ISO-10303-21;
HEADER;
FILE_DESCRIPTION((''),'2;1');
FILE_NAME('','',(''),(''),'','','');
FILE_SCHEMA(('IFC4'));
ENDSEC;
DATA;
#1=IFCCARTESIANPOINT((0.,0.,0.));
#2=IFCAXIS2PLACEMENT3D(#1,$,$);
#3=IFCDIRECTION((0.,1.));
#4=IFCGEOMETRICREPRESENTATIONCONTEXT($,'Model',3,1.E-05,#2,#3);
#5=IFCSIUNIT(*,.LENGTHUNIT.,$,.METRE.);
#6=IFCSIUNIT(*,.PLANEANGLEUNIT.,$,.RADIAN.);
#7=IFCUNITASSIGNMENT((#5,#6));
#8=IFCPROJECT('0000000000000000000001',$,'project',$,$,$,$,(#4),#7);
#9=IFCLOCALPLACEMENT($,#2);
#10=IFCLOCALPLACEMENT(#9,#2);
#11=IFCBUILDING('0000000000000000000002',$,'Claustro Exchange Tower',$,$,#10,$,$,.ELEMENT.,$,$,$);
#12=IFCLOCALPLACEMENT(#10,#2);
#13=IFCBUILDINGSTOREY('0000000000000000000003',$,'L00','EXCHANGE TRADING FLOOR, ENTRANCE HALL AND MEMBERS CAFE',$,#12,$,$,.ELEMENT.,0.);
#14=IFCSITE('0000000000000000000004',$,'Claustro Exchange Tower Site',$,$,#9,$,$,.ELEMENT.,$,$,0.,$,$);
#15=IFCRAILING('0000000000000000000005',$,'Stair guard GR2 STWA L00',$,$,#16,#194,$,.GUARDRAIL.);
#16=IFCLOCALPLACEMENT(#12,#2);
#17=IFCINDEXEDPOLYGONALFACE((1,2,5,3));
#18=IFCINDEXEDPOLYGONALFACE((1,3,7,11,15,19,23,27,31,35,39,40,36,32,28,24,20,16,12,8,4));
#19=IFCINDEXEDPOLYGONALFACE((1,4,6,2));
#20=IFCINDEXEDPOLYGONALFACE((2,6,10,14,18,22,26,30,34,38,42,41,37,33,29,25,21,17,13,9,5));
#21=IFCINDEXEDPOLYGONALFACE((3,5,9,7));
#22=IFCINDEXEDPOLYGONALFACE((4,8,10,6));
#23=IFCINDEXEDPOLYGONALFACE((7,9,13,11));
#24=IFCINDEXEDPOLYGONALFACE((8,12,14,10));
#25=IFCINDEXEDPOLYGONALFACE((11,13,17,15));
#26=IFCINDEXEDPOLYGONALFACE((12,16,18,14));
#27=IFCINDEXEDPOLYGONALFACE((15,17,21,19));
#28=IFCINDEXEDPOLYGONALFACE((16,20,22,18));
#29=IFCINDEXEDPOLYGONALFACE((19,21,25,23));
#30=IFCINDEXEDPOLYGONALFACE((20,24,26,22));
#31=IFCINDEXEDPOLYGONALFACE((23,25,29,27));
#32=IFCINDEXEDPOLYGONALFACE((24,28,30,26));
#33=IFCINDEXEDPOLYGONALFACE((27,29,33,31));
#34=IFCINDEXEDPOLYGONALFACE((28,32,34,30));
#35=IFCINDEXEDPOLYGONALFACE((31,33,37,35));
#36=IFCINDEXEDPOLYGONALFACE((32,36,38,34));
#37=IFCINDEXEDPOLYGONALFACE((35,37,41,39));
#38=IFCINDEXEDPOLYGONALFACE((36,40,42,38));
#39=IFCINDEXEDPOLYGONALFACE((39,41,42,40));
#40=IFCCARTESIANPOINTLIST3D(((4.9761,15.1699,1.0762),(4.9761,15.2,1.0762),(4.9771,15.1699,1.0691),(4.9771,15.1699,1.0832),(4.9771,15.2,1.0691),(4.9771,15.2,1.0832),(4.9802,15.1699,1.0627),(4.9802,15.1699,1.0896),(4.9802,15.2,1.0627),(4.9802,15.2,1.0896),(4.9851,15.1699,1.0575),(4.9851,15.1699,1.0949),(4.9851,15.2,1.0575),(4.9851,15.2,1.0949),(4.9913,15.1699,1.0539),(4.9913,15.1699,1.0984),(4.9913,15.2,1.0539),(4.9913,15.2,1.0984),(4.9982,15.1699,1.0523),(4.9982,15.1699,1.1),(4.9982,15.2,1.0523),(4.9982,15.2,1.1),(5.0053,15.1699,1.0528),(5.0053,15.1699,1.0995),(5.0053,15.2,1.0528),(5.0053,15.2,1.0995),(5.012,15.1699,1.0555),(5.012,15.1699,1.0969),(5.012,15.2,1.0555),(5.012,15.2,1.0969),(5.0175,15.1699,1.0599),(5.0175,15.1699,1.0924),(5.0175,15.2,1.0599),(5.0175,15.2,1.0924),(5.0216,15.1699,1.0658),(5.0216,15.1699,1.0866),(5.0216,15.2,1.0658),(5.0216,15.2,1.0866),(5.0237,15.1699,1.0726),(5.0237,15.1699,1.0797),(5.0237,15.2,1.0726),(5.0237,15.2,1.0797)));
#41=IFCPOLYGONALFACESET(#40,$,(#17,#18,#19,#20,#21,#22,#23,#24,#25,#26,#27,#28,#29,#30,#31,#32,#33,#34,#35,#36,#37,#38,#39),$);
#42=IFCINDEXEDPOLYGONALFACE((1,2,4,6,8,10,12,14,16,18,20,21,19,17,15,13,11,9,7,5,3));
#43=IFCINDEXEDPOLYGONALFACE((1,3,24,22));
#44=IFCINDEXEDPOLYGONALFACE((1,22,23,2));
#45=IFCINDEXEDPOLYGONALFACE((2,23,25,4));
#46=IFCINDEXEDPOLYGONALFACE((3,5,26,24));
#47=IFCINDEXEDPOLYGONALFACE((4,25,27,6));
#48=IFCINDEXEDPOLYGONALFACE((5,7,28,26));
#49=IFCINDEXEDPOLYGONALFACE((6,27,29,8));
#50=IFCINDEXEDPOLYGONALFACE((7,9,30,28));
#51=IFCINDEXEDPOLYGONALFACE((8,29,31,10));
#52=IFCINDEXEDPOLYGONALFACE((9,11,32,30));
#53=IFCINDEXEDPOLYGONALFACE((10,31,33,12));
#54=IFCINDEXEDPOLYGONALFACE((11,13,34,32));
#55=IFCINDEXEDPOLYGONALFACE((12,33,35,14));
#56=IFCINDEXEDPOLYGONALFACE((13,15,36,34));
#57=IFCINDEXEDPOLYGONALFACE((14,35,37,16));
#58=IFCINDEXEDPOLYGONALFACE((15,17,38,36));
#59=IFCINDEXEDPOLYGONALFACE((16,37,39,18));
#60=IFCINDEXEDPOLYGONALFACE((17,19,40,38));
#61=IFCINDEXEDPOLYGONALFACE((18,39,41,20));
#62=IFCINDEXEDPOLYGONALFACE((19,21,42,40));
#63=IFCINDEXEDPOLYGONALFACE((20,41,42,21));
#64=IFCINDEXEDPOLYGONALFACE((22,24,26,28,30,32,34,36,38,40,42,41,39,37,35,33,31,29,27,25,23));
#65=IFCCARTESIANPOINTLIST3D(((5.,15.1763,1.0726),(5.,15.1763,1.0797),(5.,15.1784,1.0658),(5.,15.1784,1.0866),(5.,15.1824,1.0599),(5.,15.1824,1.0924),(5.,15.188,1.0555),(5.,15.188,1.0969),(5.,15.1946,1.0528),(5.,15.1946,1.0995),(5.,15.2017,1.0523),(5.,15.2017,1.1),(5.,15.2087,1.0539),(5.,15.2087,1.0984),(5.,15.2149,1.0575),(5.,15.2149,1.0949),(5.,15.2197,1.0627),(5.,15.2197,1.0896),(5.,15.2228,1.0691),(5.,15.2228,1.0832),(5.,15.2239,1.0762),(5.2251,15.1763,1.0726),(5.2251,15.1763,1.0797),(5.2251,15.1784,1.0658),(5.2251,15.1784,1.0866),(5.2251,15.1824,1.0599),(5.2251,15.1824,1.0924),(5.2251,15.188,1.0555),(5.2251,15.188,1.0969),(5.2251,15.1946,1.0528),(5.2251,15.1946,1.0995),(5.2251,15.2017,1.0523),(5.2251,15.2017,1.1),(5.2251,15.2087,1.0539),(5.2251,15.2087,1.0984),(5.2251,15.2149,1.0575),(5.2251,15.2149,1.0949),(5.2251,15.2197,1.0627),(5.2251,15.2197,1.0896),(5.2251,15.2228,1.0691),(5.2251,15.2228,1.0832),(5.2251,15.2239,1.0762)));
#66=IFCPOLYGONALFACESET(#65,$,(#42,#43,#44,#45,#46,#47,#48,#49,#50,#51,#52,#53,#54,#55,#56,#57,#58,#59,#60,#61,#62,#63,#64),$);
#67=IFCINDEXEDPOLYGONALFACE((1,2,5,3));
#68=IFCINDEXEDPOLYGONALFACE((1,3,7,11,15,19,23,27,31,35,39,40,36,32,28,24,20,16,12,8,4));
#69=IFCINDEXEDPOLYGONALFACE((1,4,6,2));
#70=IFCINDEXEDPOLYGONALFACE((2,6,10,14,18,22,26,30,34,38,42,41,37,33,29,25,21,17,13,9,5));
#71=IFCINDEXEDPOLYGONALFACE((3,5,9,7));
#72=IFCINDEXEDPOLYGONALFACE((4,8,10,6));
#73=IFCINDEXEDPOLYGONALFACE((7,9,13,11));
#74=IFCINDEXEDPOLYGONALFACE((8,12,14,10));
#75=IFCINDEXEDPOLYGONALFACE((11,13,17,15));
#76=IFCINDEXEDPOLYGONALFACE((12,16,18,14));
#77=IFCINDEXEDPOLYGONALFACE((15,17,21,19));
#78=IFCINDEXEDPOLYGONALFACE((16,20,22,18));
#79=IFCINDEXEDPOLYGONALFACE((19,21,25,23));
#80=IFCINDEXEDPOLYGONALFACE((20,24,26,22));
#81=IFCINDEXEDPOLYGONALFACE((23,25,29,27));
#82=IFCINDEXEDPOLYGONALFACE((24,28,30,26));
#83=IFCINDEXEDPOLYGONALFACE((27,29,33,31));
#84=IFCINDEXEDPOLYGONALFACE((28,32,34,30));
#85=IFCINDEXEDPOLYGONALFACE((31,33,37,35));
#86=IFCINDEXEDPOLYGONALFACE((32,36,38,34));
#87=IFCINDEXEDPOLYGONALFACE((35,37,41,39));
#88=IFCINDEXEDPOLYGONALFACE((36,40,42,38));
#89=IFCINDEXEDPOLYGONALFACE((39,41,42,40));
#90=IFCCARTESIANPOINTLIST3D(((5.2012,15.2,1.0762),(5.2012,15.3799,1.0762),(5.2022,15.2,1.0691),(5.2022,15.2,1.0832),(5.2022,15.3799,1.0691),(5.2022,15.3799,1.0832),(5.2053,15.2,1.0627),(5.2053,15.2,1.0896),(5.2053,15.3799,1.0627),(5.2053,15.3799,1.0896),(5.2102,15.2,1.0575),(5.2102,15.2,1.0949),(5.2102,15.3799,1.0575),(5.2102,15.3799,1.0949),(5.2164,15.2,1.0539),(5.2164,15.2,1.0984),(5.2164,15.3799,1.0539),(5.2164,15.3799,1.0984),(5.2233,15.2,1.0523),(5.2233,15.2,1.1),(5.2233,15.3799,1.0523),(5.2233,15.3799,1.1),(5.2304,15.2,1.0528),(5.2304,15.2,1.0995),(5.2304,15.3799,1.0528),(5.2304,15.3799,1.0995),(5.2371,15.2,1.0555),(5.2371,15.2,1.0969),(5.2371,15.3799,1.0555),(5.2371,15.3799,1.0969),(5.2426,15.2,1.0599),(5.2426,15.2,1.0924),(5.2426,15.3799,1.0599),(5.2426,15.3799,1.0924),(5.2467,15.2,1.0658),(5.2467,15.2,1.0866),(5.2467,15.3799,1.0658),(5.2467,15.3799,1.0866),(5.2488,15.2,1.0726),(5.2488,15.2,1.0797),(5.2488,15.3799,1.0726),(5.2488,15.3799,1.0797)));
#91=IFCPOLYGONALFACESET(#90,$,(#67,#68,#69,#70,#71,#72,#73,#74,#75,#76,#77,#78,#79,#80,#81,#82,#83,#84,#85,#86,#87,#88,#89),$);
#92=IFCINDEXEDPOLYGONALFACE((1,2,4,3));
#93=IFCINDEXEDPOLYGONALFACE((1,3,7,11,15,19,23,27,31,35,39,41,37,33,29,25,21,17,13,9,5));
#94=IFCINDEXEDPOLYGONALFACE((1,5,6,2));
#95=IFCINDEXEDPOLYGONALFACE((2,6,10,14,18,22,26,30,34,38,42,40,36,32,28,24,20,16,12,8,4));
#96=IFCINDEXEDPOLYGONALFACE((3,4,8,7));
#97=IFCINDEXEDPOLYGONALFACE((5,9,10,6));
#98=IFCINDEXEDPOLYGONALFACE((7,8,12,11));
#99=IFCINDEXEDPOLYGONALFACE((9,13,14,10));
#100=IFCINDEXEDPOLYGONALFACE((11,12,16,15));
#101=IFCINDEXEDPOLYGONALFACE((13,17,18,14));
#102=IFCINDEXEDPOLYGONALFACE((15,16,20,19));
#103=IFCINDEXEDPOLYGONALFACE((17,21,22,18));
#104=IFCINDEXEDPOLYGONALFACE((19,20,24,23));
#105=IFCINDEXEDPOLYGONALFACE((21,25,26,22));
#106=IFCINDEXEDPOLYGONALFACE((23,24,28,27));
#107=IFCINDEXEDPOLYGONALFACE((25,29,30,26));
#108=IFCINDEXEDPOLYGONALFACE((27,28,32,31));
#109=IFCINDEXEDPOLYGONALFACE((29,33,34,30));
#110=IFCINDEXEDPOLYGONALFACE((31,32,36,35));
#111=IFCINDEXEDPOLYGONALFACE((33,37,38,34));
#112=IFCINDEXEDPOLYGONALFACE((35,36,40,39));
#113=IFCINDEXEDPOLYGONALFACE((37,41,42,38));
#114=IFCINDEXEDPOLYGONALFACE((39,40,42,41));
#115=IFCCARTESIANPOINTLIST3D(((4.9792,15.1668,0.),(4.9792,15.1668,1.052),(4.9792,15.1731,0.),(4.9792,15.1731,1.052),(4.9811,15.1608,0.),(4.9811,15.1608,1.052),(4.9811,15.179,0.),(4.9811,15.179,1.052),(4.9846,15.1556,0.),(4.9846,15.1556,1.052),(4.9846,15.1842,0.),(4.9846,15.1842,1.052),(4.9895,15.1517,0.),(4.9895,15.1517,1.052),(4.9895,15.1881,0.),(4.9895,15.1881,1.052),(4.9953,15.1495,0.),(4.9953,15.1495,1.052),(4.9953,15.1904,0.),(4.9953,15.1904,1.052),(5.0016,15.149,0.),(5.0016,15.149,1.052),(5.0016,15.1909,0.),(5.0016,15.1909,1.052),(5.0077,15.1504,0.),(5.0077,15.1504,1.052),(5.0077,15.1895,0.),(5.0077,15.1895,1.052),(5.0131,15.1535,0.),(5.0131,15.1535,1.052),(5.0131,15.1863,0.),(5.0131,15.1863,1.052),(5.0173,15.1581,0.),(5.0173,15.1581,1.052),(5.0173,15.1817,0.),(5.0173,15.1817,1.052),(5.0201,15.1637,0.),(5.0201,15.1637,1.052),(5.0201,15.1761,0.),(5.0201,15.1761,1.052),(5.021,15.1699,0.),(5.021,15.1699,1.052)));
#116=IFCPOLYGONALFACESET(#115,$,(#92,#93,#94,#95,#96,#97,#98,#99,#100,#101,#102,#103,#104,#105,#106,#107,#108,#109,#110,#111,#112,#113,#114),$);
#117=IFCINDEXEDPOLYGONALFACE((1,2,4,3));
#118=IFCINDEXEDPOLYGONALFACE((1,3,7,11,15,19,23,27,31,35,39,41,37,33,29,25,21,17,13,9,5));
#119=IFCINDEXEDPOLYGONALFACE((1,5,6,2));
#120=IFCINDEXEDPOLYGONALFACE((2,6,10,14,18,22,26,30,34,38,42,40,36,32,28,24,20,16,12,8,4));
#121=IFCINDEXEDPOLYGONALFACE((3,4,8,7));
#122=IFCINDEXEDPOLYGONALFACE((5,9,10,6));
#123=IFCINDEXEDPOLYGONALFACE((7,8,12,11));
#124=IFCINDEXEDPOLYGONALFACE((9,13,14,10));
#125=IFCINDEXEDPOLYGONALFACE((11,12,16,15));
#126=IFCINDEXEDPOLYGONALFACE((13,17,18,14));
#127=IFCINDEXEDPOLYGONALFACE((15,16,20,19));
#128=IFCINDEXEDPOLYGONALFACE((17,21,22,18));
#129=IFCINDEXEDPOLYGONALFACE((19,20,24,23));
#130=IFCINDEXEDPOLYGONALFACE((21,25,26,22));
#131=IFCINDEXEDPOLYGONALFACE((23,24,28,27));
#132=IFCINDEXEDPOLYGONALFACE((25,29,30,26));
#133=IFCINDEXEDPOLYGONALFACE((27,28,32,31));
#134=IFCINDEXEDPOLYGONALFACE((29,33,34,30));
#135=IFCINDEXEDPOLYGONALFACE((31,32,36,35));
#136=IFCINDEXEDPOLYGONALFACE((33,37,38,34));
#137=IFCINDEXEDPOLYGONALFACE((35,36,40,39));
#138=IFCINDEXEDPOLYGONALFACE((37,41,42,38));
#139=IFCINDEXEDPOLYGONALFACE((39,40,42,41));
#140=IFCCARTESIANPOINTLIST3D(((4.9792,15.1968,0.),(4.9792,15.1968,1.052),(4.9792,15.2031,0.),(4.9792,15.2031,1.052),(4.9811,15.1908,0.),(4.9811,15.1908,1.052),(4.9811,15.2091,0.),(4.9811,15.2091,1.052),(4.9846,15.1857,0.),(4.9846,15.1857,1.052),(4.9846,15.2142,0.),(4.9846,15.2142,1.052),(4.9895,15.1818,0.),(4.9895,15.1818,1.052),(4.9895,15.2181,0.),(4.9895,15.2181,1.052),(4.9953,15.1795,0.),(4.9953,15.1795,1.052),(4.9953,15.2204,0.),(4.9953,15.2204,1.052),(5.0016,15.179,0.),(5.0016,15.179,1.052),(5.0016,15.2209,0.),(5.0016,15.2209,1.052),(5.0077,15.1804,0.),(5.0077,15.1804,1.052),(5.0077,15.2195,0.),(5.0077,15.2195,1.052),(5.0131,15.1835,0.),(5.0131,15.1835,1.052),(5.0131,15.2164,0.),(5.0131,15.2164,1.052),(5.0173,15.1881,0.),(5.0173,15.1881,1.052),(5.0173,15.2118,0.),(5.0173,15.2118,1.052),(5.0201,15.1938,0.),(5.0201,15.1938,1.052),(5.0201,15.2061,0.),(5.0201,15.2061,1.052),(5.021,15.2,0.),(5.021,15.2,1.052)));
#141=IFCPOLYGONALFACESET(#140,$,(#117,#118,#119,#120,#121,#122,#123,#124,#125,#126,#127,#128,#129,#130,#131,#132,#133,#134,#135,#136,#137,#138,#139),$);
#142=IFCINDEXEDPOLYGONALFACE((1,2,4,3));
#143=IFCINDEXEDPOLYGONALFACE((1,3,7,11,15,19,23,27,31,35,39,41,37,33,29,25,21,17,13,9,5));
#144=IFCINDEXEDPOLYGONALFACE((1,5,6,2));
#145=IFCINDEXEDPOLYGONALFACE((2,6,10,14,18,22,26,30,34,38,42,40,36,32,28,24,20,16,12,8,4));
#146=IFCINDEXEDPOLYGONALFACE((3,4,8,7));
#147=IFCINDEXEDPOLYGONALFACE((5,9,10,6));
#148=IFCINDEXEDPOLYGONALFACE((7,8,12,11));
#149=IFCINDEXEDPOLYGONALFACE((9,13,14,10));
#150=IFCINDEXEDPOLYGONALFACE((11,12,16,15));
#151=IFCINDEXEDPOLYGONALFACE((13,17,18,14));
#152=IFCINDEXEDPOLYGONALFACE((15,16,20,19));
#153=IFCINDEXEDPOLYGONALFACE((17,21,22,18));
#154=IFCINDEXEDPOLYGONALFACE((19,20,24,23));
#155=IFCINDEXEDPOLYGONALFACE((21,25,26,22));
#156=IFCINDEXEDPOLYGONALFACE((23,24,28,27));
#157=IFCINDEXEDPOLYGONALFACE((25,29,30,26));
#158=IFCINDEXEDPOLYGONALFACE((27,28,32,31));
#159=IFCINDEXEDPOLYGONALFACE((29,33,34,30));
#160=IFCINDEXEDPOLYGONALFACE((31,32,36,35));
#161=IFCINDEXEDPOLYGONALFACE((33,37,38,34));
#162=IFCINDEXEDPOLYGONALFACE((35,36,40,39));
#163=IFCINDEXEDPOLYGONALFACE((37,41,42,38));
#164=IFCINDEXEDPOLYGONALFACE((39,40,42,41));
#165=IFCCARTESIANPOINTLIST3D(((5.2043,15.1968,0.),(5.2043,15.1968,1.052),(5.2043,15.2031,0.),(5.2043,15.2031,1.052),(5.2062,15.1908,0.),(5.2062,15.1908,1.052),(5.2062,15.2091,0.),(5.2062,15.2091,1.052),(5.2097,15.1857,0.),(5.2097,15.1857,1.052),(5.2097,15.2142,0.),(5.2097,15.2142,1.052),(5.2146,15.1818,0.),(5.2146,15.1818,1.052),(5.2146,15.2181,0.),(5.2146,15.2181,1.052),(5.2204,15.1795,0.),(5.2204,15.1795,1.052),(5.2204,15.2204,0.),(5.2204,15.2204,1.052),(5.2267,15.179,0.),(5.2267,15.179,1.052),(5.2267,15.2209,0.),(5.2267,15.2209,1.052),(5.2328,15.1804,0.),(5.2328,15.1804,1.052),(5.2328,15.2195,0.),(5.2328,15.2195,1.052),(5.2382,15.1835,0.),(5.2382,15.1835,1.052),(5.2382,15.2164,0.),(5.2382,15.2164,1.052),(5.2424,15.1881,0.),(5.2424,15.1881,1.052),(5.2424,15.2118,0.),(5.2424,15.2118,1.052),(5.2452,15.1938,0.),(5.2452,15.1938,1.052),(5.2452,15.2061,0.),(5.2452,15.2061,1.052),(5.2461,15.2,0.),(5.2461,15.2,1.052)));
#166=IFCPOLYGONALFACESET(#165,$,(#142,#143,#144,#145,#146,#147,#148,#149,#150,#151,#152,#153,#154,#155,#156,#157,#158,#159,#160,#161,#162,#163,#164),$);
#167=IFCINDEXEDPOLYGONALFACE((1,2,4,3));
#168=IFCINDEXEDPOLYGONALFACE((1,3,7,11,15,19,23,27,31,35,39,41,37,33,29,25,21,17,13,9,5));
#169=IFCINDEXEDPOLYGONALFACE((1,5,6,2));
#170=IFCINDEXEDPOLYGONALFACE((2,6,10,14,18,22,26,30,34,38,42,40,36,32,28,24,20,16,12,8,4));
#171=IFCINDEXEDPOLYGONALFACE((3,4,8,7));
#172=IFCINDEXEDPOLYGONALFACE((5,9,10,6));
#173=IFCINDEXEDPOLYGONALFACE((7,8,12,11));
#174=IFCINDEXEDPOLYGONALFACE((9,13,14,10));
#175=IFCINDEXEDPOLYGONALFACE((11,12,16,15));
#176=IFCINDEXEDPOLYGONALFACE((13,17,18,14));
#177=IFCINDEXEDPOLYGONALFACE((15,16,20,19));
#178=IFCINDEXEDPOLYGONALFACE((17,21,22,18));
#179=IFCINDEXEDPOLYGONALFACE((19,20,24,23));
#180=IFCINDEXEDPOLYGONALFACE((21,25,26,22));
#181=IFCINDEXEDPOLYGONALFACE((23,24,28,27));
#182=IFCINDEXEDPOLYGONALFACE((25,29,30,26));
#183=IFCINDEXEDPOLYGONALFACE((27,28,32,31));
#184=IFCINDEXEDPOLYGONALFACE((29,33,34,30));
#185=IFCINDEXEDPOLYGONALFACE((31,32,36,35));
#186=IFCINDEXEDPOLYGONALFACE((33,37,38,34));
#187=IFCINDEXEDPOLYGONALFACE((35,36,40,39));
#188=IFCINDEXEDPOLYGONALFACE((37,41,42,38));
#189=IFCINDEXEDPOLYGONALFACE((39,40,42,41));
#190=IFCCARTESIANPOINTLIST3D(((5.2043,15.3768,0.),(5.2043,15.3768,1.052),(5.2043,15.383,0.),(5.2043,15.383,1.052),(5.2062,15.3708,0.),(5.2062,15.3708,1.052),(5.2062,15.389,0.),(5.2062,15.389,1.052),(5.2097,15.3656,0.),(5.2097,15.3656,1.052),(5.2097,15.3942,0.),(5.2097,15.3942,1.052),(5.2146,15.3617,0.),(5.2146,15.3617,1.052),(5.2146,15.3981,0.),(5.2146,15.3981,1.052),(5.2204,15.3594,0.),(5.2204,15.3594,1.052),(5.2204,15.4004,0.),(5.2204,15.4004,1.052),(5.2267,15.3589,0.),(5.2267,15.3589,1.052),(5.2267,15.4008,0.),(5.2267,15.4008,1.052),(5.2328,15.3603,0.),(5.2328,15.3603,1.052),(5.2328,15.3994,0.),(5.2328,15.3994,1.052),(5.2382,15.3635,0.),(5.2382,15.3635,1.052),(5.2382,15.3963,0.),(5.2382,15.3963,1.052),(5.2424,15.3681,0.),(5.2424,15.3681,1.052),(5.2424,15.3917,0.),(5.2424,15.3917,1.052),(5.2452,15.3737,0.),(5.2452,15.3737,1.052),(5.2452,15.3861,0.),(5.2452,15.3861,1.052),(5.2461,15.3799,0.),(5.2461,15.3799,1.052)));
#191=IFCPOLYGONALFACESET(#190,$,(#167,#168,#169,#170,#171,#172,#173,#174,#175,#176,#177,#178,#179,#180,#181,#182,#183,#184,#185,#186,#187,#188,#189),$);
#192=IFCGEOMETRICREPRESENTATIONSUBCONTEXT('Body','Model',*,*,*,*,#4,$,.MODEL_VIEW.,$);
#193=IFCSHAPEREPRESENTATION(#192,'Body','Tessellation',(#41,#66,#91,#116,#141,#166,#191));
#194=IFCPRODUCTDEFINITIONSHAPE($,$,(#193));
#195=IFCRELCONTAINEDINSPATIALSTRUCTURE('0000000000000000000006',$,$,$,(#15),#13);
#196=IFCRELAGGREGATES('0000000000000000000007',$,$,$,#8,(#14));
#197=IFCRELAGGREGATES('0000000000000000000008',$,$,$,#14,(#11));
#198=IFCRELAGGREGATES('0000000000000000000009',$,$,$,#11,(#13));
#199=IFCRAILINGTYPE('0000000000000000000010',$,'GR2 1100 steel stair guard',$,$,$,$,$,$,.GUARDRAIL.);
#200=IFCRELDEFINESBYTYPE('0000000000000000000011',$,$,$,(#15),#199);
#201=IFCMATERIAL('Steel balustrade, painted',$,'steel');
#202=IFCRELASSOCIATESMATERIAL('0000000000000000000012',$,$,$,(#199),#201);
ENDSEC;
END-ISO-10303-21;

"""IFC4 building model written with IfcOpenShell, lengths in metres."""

from ifc_helpers import new_model, si_unit, direction, frame, origin, origin_2d, place, context, subcontext, project, spatial, circle, extrude, material, type_object, element, save


model = new_model("IFC4")

# Units and contexts
model_context = context("Model", 3, precision=1e-05, world=origin(), true_north=direction((0.0, 1.0)))
body_context = subcontext(model_context, "Body", "Model", "MODEL_VIEW")
ifc_project = project(units=[si_unit("LENGTHUNIT", "METRE"), si_unit("PLANEANGLEUNIT", "RADIAN")], contexts=[model_context])

# Site, building, storey
site_placement = place(None, origin())
site = spatial("IfcSite", under=ifc_project, at=site_placement, Name="Claustro Exchange Tower Site", CompositionType="ELEMENT", RefElevation=0.0)
building_placement = place(site_placement, origin())
building = spatial("IfcBuilding", under=site, at=building_placement, Name="Claustro Exchange Tower", CompositionType="ELEMENT")
storey_placement = place(building_placement, origin())
storey = spatial("IfcBuildingStorey", under=building, at=storey_placement, Name="L00", Description="EXCHANGE TRADING FLOOR, ENTRANCE HALL AND MEMBERS CAFE", CompositionType="ELEMENT", Elevation=0.0)

# Railing
ifc_material_1 = material(Name="Steel balustrade, painted", Category="steel")
railing_type_1 = type_object("IfcRailingType", Name="GR2 1100 steel stair guard", PredefinedType="GUARDRAIL", material=ifc_material_1)
railing_1_placement = place(storey_placement, frame((5.0, 15.1699, 0.0)))
element("IfcRailing", 1, at=railing_1_placement, inside=storey, type_object=railing_type_1, Name="Stair guard GR2 STWA L00", PredefinedType="GUARDRAIL", context=body_context, shape_type="SweptSolid", body=[
    extrude(circle(Radius=0.0239, at=origin_2d()), frame((0.0, 0.0, 1.0762), z_axis=(0.0, 1.0, 0.0), x_axis=(-1.0, 0.0, 0.0)), (0.0, 0.0, 1.0), 0.03),
    extrude(circle(Radius=0.0239, at=origin_2d()), frame((0.0, 0.03, 1.0762), z_axis=(1.0, 0.0, 0.0), x_axis=(0.0, 1.0, 0.0)), (0.0, 0.0, 1.0), 0.2251),
    extrude(circle(Radius=0.0239, at=origin_2d()), frame((0.2251, 0.03, 1.0762), z_axis=(0.0, 1.0, 0.0), x_axis=(-1.0, 0.0, 0.0)), (0.0, 0.0, 1.0), 0.1799),
    extrude(circle(Radius=0.021, at=origin_2d()), origin(), (0.0, 0.0, 1.0), 1.052),
    extrude(circle(Radius=0.021, at=origin_2d()), frame((0.0, 0.03, 0.0)), (0.0, 0.0, 1.0), 1.052),
    extrude(circle(Radius=0.021, at=origin_2d()), frame((0.2251, 0.03, 0.0)), (0.0, 0.0, 1.0), 1.052),
    extrude(circle(Radius=0.021, at=origin_2d()), frame((0.2251, 0.21, 0.0)), (0.0, 0.0, 1.0), 1.052),
])

save(model, "model.ifc")
